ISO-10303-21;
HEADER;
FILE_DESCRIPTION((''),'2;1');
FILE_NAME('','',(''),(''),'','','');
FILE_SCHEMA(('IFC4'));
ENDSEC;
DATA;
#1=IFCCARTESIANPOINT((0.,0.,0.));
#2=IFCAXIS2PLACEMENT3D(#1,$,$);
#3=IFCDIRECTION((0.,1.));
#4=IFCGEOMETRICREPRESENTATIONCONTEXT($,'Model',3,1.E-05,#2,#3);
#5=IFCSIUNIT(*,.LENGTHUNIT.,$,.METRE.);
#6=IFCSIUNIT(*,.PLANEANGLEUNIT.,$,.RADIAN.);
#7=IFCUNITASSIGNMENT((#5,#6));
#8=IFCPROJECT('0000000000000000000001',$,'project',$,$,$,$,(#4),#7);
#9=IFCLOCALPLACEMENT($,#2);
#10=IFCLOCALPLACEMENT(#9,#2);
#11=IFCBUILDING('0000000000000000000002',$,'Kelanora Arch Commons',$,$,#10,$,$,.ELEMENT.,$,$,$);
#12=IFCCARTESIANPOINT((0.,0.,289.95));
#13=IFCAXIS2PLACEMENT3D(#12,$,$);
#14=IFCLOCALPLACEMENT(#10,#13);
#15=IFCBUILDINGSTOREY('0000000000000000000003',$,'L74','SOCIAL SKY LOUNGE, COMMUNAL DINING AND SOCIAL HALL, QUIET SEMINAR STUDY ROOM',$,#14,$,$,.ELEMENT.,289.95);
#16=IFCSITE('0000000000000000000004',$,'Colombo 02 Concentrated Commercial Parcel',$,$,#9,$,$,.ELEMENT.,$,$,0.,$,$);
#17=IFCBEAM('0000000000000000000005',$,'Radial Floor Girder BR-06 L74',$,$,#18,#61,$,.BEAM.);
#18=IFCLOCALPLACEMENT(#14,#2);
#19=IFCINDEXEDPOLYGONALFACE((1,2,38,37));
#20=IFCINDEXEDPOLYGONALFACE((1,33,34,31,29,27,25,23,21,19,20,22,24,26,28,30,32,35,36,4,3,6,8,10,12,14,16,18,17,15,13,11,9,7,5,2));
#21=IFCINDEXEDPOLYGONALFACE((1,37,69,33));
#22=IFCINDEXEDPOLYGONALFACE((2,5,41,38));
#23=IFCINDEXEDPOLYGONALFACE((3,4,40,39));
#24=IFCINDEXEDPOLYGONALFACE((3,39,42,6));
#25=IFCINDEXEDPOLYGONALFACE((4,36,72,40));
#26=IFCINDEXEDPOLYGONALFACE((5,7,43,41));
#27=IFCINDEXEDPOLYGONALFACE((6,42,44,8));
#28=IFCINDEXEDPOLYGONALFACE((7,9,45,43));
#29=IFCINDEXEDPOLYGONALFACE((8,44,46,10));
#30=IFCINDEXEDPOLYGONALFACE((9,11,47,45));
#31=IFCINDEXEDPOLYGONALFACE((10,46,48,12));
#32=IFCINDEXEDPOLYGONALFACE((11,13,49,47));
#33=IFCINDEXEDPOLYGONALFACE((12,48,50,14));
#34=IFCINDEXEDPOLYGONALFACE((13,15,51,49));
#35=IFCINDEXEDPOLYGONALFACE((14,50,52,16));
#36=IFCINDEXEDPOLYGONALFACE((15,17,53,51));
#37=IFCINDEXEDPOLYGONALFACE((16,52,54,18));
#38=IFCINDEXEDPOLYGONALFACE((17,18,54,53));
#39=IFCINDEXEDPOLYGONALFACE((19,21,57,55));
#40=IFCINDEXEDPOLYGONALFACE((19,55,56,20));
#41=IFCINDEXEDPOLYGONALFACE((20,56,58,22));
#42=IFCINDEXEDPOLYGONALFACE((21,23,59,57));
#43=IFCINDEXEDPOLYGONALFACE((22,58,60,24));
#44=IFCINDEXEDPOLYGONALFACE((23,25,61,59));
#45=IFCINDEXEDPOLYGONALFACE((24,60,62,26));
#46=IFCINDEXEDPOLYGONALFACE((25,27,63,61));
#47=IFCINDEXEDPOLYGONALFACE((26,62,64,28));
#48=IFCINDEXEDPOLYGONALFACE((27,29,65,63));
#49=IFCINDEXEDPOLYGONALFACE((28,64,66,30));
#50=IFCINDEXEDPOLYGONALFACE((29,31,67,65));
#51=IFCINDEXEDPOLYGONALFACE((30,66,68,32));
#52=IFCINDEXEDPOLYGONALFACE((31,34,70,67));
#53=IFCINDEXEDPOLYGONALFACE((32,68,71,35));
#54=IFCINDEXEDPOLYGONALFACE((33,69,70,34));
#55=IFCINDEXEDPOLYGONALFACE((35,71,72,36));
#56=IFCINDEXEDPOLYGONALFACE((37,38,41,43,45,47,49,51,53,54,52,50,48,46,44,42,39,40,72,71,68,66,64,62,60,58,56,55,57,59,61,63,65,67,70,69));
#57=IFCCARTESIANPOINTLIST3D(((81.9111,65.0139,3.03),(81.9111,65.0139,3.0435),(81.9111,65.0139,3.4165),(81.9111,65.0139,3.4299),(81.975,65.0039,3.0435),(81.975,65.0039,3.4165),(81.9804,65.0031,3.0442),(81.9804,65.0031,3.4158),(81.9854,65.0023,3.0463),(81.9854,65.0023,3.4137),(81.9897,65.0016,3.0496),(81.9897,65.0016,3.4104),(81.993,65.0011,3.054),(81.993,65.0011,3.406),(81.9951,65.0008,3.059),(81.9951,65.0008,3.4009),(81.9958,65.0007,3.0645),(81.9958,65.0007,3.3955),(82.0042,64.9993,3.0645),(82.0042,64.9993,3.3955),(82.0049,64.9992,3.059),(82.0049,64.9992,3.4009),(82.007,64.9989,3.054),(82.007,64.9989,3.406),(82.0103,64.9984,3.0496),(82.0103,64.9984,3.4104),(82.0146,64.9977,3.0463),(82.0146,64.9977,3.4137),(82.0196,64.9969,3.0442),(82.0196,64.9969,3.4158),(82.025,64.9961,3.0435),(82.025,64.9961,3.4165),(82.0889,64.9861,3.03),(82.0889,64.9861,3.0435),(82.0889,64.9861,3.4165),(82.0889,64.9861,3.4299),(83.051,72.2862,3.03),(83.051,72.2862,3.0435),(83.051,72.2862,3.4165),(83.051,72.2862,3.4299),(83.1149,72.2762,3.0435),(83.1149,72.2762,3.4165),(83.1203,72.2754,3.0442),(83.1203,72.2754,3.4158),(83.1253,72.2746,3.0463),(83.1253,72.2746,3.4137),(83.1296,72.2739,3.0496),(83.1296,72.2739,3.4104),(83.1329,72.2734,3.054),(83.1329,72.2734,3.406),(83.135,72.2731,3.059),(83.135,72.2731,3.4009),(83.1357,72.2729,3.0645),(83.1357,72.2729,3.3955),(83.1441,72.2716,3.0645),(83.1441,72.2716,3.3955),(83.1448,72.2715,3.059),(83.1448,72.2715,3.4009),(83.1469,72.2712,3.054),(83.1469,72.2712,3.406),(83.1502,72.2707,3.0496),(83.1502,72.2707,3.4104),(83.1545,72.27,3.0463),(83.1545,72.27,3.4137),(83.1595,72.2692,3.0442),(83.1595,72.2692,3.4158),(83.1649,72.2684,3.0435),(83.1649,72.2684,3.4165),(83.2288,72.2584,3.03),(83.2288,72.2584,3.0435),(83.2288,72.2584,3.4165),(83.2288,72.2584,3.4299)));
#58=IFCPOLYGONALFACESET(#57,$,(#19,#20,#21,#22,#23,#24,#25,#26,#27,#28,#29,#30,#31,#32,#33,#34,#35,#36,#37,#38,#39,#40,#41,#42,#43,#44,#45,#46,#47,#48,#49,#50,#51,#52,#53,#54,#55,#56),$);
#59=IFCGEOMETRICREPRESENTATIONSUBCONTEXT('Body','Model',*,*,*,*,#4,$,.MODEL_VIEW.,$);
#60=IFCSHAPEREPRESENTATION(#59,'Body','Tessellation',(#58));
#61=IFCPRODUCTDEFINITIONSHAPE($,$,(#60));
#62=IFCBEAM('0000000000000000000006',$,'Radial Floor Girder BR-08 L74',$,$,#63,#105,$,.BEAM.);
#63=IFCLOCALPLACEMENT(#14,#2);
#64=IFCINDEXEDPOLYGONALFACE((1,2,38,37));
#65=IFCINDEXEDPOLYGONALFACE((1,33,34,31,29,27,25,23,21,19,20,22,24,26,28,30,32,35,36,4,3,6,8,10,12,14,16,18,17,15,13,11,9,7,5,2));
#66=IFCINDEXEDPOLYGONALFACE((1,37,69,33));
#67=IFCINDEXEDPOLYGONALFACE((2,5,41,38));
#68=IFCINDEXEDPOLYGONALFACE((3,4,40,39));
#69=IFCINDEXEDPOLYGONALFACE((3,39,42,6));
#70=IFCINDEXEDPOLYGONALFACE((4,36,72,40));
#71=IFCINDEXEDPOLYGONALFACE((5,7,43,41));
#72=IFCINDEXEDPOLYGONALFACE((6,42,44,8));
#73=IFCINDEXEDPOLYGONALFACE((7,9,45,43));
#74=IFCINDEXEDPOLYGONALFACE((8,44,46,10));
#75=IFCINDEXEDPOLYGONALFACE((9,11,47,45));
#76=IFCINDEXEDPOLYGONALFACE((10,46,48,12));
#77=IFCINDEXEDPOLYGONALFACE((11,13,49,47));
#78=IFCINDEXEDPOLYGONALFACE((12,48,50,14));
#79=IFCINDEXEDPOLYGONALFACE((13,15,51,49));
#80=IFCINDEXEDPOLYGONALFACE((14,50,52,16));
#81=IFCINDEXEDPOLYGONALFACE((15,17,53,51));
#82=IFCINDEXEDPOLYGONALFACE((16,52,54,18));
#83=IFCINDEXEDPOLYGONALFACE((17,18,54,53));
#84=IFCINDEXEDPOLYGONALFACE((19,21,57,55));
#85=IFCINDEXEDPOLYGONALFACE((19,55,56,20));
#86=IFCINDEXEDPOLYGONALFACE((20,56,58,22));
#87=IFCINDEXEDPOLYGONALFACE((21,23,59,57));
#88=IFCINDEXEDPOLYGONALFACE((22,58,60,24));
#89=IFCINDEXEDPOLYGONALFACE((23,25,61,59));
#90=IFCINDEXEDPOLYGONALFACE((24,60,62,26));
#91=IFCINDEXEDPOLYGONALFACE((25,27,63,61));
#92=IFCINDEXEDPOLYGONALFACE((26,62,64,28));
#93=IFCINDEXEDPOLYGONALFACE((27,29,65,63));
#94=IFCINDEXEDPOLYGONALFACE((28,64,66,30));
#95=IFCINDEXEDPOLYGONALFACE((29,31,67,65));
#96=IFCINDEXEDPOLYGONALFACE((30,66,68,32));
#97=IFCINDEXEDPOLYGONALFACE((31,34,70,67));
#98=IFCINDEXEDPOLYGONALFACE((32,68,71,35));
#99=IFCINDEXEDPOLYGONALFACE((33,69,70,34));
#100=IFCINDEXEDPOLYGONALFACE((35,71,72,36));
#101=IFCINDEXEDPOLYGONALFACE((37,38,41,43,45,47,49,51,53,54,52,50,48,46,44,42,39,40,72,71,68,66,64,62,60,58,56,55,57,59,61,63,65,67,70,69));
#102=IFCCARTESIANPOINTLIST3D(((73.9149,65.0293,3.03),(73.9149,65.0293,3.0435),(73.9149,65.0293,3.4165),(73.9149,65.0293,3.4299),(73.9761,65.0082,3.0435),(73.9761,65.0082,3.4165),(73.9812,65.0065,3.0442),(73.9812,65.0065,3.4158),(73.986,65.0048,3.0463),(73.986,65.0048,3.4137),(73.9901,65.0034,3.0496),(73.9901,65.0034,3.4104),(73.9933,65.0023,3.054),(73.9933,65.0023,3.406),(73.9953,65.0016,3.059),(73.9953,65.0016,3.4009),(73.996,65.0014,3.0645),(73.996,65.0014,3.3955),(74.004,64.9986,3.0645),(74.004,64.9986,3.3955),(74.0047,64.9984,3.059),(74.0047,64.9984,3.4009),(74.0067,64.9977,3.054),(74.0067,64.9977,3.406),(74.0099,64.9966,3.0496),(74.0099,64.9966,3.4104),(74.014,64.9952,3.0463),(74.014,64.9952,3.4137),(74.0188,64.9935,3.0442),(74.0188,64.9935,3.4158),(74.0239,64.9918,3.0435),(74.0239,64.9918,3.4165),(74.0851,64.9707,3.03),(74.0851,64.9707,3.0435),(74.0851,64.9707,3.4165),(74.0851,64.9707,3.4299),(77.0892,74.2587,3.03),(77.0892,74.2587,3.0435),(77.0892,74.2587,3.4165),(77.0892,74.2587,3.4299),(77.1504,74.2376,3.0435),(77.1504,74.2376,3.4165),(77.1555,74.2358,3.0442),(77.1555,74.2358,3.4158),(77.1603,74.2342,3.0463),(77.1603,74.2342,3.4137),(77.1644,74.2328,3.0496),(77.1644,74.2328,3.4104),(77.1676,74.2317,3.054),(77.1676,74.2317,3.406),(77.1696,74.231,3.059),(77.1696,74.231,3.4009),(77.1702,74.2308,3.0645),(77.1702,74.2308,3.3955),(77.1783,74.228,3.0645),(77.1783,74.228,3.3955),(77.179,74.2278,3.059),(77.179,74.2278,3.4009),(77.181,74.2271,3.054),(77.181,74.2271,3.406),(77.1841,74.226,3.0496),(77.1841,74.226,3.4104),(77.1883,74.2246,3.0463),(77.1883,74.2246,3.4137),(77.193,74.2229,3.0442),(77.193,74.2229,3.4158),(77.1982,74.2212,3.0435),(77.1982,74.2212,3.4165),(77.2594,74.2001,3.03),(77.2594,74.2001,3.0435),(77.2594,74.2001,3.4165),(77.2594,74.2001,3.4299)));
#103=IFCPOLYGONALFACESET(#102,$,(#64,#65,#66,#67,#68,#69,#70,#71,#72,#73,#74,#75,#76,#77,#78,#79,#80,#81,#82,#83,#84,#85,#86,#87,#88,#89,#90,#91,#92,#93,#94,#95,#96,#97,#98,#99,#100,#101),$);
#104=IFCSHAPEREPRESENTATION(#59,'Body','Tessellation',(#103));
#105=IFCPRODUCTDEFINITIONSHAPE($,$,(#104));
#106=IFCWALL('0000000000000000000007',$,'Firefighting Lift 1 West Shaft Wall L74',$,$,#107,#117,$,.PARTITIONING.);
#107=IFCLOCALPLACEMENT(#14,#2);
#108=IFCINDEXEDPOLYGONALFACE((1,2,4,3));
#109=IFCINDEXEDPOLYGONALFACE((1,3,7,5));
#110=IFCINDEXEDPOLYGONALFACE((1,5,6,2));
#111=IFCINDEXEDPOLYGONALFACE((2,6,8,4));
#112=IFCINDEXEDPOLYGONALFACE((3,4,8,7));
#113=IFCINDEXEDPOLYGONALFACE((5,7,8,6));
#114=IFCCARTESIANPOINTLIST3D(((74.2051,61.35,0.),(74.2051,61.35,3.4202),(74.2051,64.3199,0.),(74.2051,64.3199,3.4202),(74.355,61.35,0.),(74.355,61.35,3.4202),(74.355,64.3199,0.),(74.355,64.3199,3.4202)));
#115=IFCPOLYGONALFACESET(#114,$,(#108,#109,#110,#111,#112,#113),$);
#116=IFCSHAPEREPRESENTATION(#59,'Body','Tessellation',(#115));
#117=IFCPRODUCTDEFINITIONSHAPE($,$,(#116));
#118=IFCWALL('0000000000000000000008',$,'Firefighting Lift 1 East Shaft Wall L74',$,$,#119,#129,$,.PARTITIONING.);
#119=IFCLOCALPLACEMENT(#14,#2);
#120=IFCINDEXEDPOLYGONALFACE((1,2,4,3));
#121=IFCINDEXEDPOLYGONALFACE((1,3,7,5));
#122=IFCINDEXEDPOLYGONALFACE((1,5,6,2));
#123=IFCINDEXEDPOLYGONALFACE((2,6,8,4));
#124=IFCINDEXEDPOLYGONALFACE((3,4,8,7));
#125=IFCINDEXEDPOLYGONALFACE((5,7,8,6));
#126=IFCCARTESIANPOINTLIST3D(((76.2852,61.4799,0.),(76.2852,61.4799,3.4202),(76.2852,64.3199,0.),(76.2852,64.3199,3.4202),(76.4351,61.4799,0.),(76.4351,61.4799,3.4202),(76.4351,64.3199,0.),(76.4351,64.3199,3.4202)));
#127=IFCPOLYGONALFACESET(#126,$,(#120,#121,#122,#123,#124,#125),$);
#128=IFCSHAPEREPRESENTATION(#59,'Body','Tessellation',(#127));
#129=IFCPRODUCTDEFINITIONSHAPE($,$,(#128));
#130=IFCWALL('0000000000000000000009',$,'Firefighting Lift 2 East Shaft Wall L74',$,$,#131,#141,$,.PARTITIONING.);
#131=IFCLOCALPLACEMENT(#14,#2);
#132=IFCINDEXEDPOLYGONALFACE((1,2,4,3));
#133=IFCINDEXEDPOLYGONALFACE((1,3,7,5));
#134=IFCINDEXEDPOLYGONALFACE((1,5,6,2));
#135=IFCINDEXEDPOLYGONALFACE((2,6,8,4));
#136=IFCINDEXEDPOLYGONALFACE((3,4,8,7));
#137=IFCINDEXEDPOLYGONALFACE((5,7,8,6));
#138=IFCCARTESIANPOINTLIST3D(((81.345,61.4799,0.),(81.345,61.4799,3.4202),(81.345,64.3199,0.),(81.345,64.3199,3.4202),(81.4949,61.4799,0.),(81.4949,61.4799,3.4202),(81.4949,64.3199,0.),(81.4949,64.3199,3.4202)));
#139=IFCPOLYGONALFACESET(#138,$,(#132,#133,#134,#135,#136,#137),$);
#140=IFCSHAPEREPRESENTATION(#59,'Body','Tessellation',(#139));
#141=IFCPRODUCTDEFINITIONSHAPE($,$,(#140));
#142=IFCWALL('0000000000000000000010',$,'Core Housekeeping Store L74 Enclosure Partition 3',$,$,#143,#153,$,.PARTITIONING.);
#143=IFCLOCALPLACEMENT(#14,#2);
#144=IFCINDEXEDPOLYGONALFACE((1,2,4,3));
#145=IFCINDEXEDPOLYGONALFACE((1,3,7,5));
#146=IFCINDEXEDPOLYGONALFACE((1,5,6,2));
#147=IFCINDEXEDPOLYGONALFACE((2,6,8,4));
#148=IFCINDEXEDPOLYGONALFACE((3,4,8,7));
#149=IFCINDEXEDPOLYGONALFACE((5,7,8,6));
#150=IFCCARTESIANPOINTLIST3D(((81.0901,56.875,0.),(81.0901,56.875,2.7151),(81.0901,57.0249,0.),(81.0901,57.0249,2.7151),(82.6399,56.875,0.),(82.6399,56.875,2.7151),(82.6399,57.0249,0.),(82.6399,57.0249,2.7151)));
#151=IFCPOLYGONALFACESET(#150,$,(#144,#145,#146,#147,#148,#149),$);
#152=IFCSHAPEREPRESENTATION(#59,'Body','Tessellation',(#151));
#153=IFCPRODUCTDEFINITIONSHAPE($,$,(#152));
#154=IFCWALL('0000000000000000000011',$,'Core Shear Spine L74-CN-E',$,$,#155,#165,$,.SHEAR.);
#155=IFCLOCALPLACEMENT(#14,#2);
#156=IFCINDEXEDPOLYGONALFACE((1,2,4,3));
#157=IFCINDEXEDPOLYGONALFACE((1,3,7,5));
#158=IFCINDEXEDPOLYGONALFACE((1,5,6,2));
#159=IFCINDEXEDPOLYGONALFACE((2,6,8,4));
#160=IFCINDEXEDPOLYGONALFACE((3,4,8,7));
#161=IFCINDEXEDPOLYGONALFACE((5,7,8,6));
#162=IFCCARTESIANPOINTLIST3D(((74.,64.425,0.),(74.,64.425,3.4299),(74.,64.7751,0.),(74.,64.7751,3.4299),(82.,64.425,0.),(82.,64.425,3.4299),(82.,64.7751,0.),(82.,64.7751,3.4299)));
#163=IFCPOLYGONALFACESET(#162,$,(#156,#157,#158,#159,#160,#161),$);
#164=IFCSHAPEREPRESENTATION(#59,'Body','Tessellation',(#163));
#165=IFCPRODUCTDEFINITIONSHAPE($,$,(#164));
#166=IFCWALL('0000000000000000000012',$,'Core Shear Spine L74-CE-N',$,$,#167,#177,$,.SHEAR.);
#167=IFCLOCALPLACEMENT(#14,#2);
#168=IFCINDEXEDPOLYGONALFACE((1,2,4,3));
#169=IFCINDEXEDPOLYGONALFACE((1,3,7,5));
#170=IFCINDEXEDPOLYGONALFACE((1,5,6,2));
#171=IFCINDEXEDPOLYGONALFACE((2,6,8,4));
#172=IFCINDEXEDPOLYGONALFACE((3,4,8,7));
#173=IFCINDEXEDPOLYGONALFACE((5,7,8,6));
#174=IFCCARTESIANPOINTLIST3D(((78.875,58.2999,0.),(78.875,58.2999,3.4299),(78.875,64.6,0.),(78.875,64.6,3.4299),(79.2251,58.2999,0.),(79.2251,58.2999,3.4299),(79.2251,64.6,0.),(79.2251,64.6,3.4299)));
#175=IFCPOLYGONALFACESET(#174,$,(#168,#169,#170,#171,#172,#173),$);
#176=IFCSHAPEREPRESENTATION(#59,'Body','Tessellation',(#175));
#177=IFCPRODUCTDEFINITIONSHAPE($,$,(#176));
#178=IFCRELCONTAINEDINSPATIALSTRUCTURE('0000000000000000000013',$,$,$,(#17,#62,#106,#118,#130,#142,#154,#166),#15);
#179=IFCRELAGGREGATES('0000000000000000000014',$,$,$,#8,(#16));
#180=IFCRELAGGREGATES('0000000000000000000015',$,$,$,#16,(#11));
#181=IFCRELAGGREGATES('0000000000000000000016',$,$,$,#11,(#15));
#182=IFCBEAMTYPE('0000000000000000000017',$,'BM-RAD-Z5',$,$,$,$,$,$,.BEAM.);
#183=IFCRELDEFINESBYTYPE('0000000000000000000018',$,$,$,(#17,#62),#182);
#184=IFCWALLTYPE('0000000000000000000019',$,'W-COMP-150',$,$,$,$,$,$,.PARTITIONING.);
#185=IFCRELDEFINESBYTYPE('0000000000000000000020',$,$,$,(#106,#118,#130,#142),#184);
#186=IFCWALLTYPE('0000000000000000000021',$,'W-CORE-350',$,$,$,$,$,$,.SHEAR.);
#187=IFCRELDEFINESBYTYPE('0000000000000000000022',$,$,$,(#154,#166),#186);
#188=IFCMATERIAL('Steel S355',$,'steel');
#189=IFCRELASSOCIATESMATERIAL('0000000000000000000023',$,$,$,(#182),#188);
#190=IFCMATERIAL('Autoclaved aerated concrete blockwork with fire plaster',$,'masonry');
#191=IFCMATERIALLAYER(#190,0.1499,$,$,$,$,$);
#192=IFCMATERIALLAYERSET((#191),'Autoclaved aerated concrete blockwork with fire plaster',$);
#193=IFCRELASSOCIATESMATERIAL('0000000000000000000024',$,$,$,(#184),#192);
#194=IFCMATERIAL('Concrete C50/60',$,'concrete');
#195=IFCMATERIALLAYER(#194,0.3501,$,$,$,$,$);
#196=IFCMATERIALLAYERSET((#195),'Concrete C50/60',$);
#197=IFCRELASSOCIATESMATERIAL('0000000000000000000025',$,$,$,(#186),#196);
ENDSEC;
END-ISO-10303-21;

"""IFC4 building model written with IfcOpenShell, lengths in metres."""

from ifc_helpers import new_model, si_unit, direction, frame, frame_2d, origin, origin_2d, place, context, subcontext, project, spatial, rectangle, i_section, extrude, material, layer, layer_set, material_profile, profile_set, type_object, element, save


model = new_model("IFC4")

# Units and contexts
model_context = context("Model", 3, precision=1e-05, world=origin(), true_north=direction((0.0, 1.0)))
body_context = subcontext(model_context, "Body", "Model", "MODEL_VIEW")
ifc_project = project(units=[si_unit("LENGTHUNIT", "METRE"), si_unit("PLANEANGLEUNIT", "RADIAN")], contexts=[model_context])

# Site, building, storey
site_placement = place(None, origin())
site = spatial("IfcSite", under=ifc_project, at=site_placement, Name="Colombo 02 Concentrated Commercial Parcel", CompositionType="ELEMENT", RefElevation=0.0)
building_placement = place(site_placement, origin())
building = spatial("IfcBuilding", under=site, at=building_placement, Name="Kelanora Arch Commons", CompositionType="ELEMENT")
storey_placement = place(building_placement, frame((0.0, 0.0, 289.95)))
storey = spatial("IfcBuildingStorey", under=building, at=storey_placement, Name="L74", Description="SOCIAL SKY LOUNGE, COMMUNAL DINING AND SOCIAL HALL, QUIET SEMINAR STUDY ROOM", CompositionType="ELEMENT", Elevation=289.95)

# Shared definitions
ifc_material_1 = material(Name="Concrete C50/60", Category="concrete")

# Beams
ifc_material_2 = material(Name="Steel S355", Category="steel")
ifc_material_profile_1 = material_profile(ifc_material_2, i_section(OverallWidth=0.1799, OverallDepth=0.3999, WebThickness=0.0085, FlangeThickness=0.0134, FilletRadius=0.021, at=origin_2d()), Name="IPE400")
ifc_profile_set_1 = profile_set([ifc_material_profile_1], Name="Steel S355")
beam_type_1 = type_object("IfcBeamType", Name="BM-RAD-Z5", PredefinedType="BEAM", material=ifc_profile_set_1)
beam_1_placement = place(storey_placement, frame((82.0, 65.0, 3.23), z_axis=(0.154855, 0.987937, 0.0), x_axis=(-0.987937, 0.154855, 0.0)))
element("IfcBeam", 1, at=beam_1_placement, inside=storey, type_object=beam_type_1, Name="Radial Floor Girder BR-06 L74", PredefinedType="BEAM", context=body_context, shape_type="SweptSolid", body=[
    extrude(i_section(OverallWidth=0.1799, OverallDepth=0.3999, WebThickness=0.0085, FlangeThickness=0.0134, FilletRadius=0.021, at=origin_2d()), origin(), (0.0, 0.0, 1.0), 7.3611),
])
beam_2_placement = place(storey_placement, frame((74.0, 65.0, 3.23), z_axis=(0.325234, 0.945634, 0.0), x_axis=(-0.945634, 0.325234, 0.0)))
element("IfcBeam", 2, at=beam_2_placement, inside=storey, type_object=beam_type_1, Name="Radial Floor Girder BR-08 L74", PredefinedType="BEAM", context=body_context, shape_type="SweptSolid", body=[
    extrude(i_section(OverallWidth=0.1799, OverallDepth=0.3999, WebThickness=0.0085, FlangeThickness=0.0134, FilletRadius=0.021, at=origin_2d()), origin(), (0.0, 0.0, 1.0), 9.76),
])

# Walls
ifc_material_3 = material(Name="Autoclaved aerated concrete blockwork with fire plaster", Category="masonry")
ifc_layer_1 = layer(ifc_material_3, 0.1499)
ifc_layer_set_1 = layer_set([ifc_layer_1], Name="Autoclaved aerated concrete blockwork with fire plaster")
wall_type_1 = type_object("IfcWallType", Name="W-COMP-150", PredefinedType="PARTITIONING", material=ifc_layer_set_1)
wall_1_placement = place(storey_placement, frame((74.28, 61.3501, 0.0), z_axis=(0.0, 0.0, 1.0), x_axis=(0.0, 1.0, 0.0)))
element("IfcWall", 3, at=wall_1_placement, inside=storey, type_object=wall_type_1, Name="Firefighting Lift 1 West Shaft Wall L74", PredefinedType="PARTITIONING", context=body_context, shape_type="SweptSolid", body=[
    extrude(rectangle(XDim=2.97, YDim=0.1499, at=frame_2d((1.4849, 0.0))), origin(), (0.0, 0.0, 1.0), 3.4202),
])
for number, where, z_axis, x_axis, name in (
    (4, (76.3601, 61.48, 0.0), (0.0, 0.0, 1.0), (0.0, 1.0, 0.0), "Firefighting Lift 1 East Shaft Wall L74"),
    (5, (81.4199, 61.48, 0.0), (0.0, 0.0, 1.0), (0.0, 1.0, 0.0), "Firefighting Lift 2 East Shaft Wall L74"),
):
    element("IfcWall", number, at=place(storey_placement, frame(where, z_axis=z_axis, x_axis=x_axis)), inside=storey, type_object=wall_type_1, Name=name, PredefinedType="PARTITIONING", context=body_context, shape_type="SweptSolid", body=[
        extrude(rectangle(XDim=2.8401, YDim=0.1499, at=frame_2d((1.4199, 0.0))), origin(), (0.0, 0.0, 1.0), 3.4202),
    ])
wall_2_placement = place(storey_placement, frame((82.6399, 56.95, 0.0), z_axis=(0.0, 0.0, 1.0), x_axis=(-1.0, 0.0, 0.0)))
element("IfcWall", 6, at=wall_2_placement, inside=storey, type_object=wall_type_1, Name="Core Housekeeping Store L74 Enclosure Partition 3", PredefinedType="PARTITIONING", context=body_context, shape_type="SweptSolid", body=[
    extrude(rectangle(XDim=1.5498, YDim=0.1499, at=frame_2d((0.7749, 0.0))), origin(), (0.0, 0.0, 1.0), 2.7151),
])
ifc_layer_2 = layer(ifc_material_1, 0.3501)
ifc_layer_set_2 = layer_set([ifc_layer_2], Name="Concrete C50/60")
wall_type_2 = type_object("IfcWallType", Name="W-CORE-350", PredefinedType="SHEAR", material=ifc_layer_set_2)
wall_3_placement = place(storey_placement, frame((74.0, 64.6001, 0.0), z_axis=(0.0, 0.0, 1.0), x_axis=(1.0, 0.0, 0.0)))
element("IfcWall", 7, at=wall_3_placement, inside=storey, type_object=wall_type_2, Name="Core Shear Spine L74-CN-E", PredefinedType="SHEAR", context=body_context, shape_type="SweptSolid", body=[
    extrude(rectangle(XDim=8.0, YDim=0.3501, at=frame_2d((4.0, 0.0))), origin(), (0.0, 0.0, 1.0), 3.4299),
])
wall_4_placement = place(storey_placement, frame((79.05, 58.3, 0.0), z_axis=(0.0, 0.0, 1.0), x_axis=(0.0, 1.0, 0.0)))
element("IfcWall", 8, at=wall_4_placement, inside=storey, type_object=wall_type_2, Name="Core Shear Spine L74-CE-N", PredefinedType="SHEAR", context=body_context, shape_type="SweptSolid", body=[
    extrude(rectangle(XDim=6.3, YDim=0.3501, at=frame_2d((3.1499, 0.0))), origin(), (0.0, 0.0, 1.0), 3.4299),
])

save(model, "model.ifc")
